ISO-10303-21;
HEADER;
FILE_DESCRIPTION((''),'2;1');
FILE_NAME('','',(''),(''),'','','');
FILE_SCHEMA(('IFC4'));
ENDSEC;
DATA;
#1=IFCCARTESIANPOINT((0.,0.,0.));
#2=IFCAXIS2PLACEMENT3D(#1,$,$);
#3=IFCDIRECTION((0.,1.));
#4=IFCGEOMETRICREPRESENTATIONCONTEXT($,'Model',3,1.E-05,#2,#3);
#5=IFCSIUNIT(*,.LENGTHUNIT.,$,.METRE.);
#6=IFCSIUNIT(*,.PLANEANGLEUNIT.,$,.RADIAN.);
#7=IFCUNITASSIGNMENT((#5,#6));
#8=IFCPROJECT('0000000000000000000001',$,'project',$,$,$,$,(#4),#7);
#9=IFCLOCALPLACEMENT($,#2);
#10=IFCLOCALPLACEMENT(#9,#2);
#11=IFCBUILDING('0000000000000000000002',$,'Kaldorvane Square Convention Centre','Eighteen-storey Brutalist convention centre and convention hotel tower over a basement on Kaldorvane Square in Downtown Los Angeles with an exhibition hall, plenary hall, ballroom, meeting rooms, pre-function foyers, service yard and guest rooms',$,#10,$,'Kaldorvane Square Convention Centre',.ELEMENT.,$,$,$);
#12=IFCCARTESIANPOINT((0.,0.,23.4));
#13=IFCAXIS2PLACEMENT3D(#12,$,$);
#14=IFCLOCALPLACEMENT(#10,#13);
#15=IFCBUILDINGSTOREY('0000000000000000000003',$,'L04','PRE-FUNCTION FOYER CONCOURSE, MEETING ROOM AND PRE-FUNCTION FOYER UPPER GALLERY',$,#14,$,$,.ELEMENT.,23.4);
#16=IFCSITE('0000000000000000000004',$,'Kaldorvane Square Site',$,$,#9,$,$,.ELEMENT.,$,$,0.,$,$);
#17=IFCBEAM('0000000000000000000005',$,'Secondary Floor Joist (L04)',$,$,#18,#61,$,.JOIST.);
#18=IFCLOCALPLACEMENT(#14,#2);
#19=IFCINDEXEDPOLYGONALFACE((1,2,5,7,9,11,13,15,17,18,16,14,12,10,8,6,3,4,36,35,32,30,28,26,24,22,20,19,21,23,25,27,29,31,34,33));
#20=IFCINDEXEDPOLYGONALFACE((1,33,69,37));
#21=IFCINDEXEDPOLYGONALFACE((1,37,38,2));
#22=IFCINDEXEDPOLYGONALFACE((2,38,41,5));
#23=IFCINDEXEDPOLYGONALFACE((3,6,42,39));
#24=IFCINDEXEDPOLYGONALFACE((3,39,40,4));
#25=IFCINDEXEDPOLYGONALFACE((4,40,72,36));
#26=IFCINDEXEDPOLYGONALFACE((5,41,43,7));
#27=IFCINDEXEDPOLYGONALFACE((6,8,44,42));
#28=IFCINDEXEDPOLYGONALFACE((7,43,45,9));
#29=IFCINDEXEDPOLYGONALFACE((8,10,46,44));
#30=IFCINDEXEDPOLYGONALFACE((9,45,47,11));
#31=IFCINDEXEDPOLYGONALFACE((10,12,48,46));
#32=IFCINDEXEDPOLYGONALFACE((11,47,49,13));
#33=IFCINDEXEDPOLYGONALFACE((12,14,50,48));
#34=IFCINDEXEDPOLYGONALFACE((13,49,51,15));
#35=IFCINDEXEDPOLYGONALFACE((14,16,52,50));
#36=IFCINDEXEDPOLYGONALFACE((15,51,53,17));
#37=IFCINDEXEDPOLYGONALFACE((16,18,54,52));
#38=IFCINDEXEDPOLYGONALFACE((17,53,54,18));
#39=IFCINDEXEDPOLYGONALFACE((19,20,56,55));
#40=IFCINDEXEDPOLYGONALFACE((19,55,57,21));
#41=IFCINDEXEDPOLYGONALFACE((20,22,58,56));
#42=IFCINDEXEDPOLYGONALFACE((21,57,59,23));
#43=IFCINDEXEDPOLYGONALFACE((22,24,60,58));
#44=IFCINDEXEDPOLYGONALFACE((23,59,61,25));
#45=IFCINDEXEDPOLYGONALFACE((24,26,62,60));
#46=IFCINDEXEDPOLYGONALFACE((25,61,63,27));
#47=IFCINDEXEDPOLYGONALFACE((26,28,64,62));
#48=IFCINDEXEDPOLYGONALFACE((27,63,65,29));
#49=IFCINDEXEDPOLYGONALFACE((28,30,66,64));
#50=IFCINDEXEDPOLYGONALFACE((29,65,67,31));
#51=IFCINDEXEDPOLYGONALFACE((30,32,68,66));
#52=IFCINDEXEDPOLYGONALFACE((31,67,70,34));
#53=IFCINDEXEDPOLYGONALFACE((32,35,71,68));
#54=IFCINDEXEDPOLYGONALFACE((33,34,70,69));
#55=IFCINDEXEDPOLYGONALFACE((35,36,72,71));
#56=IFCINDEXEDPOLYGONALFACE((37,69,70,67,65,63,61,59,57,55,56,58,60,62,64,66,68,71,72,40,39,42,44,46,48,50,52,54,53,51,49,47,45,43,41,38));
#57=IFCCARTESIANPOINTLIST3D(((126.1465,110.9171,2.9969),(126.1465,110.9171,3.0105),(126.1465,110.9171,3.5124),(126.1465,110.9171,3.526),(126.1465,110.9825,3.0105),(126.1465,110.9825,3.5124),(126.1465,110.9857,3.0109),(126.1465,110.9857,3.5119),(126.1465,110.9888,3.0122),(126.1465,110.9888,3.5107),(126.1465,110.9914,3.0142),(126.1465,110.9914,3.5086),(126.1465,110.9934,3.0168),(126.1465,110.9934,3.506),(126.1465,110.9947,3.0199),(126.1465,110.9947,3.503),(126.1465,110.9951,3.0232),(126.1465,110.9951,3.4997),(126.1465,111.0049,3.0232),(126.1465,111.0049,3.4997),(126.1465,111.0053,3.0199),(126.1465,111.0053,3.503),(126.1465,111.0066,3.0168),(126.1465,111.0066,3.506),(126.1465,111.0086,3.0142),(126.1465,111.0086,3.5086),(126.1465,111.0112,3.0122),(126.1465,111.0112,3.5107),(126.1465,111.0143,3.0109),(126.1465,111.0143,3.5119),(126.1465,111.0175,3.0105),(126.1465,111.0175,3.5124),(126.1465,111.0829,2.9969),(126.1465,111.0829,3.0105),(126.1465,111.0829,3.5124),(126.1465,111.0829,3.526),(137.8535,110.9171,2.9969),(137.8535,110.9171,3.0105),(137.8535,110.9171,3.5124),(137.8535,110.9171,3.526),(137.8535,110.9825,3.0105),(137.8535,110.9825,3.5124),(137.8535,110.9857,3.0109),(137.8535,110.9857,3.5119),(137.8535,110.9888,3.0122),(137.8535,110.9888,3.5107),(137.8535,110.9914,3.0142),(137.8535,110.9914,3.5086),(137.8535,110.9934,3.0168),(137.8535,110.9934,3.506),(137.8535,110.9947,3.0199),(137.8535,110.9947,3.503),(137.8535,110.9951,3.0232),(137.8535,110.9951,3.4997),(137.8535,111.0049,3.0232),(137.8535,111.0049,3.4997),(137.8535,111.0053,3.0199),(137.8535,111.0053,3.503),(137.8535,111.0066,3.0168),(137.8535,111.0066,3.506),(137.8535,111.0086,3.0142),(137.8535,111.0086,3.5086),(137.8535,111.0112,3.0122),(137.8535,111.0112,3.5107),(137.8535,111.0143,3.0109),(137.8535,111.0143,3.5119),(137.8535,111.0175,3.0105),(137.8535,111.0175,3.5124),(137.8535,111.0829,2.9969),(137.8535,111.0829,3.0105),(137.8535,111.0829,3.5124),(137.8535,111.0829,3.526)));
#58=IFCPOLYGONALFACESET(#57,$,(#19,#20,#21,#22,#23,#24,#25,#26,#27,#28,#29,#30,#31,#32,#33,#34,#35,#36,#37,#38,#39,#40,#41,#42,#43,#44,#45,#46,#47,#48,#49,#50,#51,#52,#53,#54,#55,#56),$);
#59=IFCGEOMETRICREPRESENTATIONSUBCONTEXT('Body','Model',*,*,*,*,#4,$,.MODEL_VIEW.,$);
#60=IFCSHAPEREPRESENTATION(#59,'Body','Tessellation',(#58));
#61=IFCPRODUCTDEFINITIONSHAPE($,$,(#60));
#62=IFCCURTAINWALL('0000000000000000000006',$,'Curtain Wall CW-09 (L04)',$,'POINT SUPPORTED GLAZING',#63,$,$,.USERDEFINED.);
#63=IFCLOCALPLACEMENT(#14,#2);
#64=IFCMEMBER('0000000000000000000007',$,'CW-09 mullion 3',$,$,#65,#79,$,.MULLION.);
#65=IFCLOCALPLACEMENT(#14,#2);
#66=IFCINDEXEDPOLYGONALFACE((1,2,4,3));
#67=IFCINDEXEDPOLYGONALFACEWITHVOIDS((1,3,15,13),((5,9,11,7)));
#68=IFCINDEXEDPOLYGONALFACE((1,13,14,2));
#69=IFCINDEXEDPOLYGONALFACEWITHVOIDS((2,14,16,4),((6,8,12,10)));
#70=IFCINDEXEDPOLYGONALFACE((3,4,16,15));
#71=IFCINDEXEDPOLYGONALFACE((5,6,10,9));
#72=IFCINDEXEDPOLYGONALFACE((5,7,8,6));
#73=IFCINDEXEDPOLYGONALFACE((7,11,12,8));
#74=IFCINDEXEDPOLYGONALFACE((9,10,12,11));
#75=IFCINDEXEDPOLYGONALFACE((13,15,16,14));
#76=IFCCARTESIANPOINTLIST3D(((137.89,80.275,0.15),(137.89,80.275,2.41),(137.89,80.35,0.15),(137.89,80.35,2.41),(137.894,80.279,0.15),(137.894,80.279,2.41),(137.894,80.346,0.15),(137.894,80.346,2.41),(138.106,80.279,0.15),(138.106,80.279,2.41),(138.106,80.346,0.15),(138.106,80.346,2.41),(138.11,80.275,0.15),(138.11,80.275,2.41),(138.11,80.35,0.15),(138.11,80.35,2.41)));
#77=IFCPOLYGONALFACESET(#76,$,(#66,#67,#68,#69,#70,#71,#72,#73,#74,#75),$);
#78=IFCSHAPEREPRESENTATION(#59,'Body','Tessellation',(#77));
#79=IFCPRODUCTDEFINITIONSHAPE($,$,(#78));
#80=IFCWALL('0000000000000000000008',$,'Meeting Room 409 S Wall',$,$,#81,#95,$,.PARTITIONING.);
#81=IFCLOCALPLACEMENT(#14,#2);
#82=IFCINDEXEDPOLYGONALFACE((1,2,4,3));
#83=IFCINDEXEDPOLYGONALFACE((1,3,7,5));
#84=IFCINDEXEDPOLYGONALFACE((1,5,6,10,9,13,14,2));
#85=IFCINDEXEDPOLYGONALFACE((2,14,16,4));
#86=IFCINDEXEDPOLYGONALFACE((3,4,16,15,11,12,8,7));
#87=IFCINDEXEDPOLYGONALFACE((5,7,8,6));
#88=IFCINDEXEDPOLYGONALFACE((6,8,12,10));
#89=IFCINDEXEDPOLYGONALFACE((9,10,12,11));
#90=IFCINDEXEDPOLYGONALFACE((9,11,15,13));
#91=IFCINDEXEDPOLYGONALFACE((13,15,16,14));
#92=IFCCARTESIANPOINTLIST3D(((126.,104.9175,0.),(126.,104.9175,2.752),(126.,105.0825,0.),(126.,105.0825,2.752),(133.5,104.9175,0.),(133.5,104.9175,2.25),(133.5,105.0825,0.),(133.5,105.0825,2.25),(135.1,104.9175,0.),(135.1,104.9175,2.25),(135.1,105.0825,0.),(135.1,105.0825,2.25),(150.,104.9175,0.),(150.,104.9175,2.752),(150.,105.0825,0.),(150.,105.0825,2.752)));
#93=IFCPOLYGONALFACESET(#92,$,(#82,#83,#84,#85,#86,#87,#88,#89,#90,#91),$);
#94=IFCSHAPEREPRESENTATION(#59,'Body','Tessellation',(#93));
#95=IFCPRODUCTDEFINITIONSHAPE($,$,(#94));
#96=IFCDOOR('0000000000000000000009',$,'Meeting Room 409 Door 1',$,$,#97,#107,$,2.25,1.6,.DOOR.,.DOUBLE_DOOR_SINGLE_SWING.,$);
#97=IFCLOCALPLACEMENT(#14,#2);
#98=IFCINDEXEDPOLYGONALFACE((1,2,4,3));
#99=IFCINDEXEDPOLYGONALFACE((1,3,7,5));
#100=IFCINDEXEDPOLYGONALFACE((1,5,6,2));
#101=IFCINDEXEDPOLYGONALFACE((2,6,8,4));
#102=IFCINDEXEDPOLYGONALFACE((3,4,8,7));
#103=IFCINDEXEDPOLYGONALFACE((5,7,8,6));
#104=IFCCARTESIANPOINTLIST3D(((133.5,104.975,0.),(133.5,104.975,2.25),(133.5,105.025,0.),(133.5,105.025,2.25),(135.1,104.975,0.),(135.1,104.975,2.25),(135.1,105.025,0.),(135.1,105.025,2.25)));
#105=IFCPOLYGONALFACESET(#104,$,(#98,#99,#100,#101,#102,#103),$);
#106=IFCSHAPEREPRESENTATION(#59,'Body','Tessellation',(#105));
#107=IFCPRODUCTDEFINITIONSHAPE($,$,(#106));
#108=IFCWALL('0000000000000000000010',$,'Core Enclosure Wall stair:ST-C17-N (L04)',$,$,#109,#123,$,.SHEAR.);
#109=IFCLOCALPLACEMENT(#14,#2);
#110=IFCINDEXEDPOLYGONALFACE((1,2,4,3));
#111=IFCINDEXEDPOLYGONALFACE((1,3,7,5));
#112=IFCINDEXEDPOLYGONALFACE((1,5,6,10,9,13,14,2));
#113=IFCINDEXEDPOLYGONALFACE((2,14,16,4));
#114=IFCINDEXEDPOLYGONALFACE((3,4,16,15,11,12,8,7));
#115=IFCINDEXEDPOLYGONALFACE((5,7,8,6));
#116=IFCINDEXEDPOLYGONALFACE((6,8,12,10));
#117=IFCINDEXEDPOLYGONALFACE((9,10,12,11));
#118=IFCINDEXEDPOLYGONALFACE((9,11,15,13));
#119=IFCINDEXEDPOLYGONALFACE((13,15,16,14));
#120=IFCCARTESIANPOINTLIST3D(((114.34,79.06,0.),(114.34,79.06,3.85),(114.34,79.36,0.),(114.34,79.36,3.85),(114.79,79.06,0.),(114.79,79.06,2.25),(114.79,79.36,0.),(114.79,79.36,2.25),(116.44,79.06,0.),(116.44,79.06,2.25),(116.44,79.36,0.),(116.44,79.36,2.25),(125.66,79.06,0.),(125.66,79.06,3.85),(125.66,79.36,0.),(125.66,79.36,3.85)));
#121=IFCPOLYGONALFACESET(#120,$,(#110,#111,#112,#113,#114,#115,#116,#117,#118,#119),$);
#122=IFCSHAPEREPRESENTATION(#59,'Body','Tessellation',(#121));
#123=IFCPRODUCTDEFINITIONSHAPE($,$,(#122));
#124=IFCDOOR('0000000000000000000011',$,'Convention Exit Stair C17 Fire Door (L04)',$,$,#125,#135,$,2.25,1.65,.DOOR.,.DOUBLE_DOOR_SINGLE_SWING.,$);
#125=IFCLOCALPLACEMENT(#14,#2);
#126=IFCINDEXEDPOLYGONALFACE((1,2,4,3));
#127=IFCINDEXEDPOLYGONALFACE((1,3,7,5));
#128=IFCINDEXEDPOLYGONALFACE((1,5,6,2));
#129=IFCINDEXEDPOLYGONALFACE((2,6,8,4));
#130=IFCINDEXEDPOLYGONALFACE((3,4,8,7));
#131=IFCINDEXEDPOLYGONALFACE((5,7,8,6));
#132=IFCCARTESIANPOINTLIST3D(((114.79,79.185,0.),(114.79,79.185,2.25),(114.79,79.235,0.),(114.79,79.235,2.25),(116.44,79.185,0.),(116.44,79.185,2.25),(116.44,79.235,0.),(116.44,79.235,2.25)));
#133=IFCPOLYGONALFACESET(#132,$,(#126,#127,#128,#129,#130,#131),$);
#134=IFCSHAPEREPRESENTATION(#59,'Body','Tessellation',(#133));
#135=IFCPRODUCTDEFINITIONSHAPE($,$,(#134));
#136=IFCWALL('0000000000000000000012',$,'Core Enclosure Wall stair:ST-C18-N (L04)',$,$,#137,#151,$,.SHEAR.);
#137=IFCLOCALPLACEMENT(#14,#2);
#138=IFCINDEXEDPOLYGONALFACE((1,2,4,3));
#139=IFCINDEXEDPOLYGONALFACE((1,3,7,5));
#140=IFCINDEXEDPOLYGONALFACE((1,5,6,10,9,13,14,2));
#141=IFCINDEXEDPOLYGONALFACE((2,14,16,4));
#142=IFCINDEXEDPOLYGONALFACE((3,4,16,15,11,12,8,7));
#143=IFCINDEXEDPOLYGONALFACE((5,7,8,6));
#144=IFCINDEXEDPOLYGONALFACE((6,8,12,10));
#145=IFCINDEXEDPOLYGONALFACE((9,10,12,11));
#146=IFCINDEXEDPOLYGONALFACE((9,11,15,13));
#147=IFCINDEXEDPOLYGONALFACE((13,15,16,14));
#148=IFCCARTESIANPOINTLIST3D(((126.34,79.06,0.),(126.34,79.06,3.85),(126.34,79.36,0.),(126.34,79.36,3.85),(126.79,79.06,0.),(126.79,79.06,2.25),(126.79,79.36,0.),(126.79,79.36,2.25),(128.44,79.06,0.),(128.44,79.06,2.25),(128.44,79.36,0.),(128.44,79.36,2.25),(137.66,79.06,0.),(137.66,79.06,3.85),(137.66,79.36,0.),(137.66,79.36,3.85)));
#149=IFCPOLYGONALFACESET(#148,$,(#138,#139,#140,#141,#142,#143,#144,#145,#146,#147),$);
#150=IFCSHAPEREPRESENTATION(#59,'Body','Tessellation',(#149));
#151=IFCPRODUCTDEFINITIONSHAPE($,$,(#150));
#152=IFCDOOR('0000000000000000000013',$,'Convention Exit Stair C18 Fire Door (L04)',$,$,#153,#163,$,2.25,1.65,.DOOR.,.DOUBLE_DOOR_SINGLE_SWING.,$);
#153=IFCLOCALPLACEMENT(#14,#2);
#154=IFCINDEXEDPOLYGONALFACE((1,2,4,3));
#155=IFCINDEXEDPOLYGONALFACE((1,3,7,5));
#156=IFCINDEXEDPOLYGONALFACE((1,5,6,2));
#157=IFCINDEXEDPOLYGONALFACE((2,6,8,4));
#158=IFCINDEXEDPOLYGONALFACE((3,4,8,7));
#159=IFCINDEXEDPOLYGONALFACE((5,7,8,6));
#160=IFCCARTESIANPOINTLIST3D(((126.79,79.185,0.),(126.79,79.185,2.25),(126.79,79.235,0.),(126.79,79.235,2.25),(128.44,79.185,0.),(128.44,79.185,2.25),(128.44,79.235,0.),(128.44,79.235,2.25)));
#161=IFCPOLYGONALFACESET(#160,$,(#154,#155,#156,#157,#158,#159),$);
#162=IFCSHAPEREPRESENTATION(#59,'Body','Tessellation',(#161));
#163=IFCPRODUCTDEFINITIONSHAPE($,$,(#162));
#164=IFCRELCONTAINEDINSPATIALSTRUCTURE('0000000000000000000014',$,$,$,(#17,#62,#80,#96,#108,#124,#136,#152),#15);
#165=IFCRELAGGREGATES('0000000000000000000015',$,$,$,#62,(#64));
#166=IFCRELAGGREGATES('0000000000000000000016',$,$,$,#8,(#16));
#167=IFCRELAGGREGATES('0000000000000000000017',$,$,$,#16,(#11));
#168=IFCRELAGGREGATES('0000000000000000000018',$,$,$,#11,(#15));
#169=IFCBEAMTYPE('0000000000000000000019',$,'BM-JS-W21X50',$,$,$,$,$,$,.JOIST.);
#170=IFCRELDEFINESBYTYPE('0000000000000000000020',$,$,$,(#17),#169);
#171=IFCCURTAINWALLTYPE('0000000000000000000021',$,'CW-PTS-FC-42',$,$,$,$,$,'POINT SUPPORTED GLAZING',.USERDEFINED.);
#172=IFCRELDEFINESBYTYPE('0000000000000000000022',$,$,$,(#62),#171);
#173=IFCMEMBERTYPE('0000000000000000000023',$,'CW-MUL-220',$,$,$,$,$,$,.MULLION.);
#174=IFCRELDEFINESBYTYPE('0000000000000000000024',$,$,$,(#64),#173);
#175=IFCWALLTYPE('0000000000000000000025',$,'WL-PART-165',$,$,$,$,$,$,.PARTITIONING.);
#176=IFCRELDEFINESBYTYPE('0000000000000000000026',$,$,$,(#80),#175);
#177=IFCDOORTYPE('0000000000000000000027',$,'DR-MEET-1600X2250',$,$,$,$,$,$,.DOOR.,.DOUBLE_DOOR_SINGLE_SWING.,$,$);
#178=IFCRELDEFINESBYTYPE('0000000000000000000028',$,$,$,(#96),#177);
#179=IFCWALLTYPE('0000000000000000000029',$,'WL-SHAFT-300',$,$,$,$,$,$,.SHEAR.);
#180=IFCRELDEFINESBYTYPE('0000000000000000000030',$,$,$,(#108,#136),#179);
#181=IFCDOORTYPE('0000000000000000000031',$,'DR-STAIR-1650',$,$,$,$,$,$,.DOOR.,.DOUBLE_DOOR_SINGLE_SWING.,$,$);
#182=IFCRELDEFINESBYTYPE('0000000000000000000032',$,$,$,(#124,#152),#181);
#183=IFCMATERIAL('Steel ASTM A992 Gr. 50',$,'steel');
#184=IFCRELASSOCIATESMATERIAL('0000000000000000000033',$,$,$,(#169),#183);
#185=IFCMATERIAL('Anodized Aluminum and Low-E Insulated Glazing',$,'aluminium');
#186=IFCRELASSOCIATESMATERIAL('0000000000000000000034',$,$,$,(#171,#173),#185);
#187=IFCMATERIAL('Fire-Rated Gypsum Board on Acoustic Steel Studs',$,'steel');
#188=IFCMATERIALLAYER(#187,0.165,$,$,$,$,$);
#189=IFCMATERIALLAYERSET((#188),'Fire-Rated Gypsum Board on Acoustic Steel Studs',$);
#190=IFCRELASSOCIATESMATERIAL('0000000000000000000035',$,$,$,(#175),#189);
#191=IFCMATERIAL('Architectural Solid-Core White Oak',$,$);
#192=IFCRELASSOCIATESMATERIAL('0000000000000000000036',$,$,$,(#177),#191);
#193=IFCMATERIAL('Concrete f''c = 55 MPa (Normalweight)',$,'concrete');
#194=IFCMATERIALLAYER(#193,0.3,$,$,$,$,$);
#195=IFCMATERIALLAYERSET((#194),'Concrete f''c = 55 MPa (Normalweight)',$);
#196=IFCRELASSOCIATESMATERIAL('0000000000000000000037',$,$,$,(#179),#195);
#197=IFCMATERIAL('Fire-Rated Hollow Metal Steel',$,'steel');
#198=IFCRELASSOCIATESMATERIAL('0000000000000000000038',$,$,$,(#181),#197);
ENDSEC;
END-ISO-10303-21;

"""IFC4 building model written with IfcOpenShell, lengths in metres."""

from ifc_helpers import new_model, si_unit, direction, frame, frame_2d, origin, origin_2d, place, context, subcontext, project, spatial, rectangle, hollow_rectangle, i_section, extrude, material, layer, layer_set, material_profile, profile_set, type_object, element, fill, aggregate, save


model = new_model("IFC4")

# Units and contexts
model_context = context("Model", 3, precision=1e-05, world=origin(), true_north=direction((0.0, 1.0)))
body_context = subcontext(model_context, "Body", "Model", "MODEL_VIEW")
ifc_project = project(units=[si_unit("LENGTHUNIT", "METRE"), si_unit("PLANEANGLEUNIT", "RADIAN")], contexts=[model_context])

# Site, building, storey
site_placement = place(None, origin())
site = spatial("IfcSite", under=ifc_project, at=site_placement, Name="Kaldorvane Square Site", CompositionType="ELEMENT", RefElevation=0.0)
building_placement = place(site_placement, origin())
building = spatial("IfcBuilding", under=site, at=building_placement, Name="Kaldorvane Square Convention Centre", Description="Eighteen-storey Brutalist convention centre and convention hotel tower over a basement on Kaldorvane Square in Downtown Los Angeles with an exhibition hall, plenary hall, ballroom, meeting rooms, pre-function foyers, service yard and guest rooms", LongName="Kaldorvane Square Convention Centre", CompositionType="ELEMENT")
storey_placement = place(building_placement, frame((0.0, 0.0, 23.4)))
storey = spatial("IfcBuildingStorey", under=building, at=storey_placement, Name="L04", Description="PRE-FUNCTION FOYER CONCOURSE, MEETING ROOM AND PRE-FUNCTION FOYER UPPER GALLERY", CompositionType="ELEMENT", Elevation=23.4)

# Shared definitions
ifc_material_1 = material(Name="Steel ASTM A992 Gr. 50", Category="steel")

# Beam
ifc_material_profile_1 = material_profile(ifc_material_1, i_section(OverallWidth=0.1659, OverallDepth=0.5291, WebThickness=0.0097, FlangeThickness=0.0136, FilletRadius=0.0127, at=origin_2d()), Name="W21X50")
ifc_profile_set_1 = profile_set([ifc_material_profile_1], Name="Steel ASTM A992 Gr. 50")
beam_type_1 = type_object("IfcBeamType", Name="BM-JS-W21X50", PredefinedType="JOIST", material=ifc_profile_set_1)
for number, where, z_axis, x_axis, name in (
    (1, (126.1465, 111.0, 3.2614), (1.0, 0.0, 0.0), (0.0, 1.0, 0.0), "Secondary Floor Joist (L04)"),
):
    element("IfcBeam", number, at=place(storey_placement, frame(where, z_axis=z_axis, x_axis=x_axis)), inside=storey, type_object=beam_type_1, Name=name, PredefinedType="JOIST", context=body_context, shape_type="SweptSolid", body=[
        extrude(i_section(OverallWidth=0.1659, OverallDepth=0.5291, WebThickness=0.0097, FlangeThickness=0.0136, FilletRadius=0.0127, at=origin_2d()), origin(), (0.0, 0.0, 1.0), 11.707),
    ])

# Curtain wall, member
ifc_material_2 = material(Name="Anodized Aluminum and Low-E Insulated Glazing", Category="aluminium")
curtain_wall_type = type_object("IfcCurtainWallType", Name="CW-PTS-FC-42", ElementType="POINT SUPPORTED GLAZING", PredefinedType="USERDEFINED", material=ifc_material_2)
curtain_wall_placement = place(storey_placement, origin())
curtain_wall = element("IfcCurtainWall", 2, at=curtain_wall_placement, inside=storey, type_object=curtain_wall_type, Name="Curtain Wall CW-09 (L04)", ObjectType="POINT SUPPORTED GLAZING", PredefinedType="USERDEFINED")
ifc_material_profile_2 = material_profile(ifc_material_2, hollow_rectangle(XDim=0.075, YDim=0.22, WallThickness=0.004, at=origin_2d()), Name="CWM-220X75")
ifc_profile_set_2 = profile_set([ifc_material_profile_2], Name="Anodized Aluminum and Low-E Insulated Glazing")
member_type = type_object("IfcMemberType", Name="CW-MUL-220", PredefinedType="MULLION", material=ifc_profile_set_2)
member_placement = place(storey_placement, frame((138.0, 80.3125, 0.15), z_axis=(0.0, 0.0, 1.0), x_axis=(0.0, 1.0, 0.0)))
member = element("IfcMember", 3, at=member_placement, type_object=member_type, Name="CW-09 mullion 3", PredefinedType="MULLION", context=body_context, shape_type="SweptSolid", body=[
    extrude(hollow_rectangle(XDim=0.075, YDim=0.22, WallThickness=0.004, at=origin_2d()), origin(), (0.0, 0.0, 1.0), 2.26),
])
aggregate(curtain_wall, [member])

# Walls, openings, doors
ifc_material_3 = material(Name="Fire-Rated Gypsum Board on Acoustic Steel Studs", Category="steel")
ifc_layer_1 = layer(ifc_material_3, 0.165)
ifc_layer_set_1 = layer_set([ifc_layer_1], Name="Fire-Rated Gypsum Board on Acoustic Steel Studs")
wall_type_1 = type_object("IfcWallType", Name="WL-PART-165", PredefinedType="PARTITIONING", material=ifc_layer_set_1)
wall_1_placement = place(storey_placement, frame((126.0, 105.0, 0.0), z_axis=(0.0, 0.0, 1.0), x_axis=(1.0, 0.0, 0.0)))
wall_1 = element("IfcWall", 4, at=wall_1_placement, inside=storey, type_object=wall_type_1, Name="Meeting Room 409 S Wall", PredefinedType="PARTITIONING", context=body_context, shape_type="SweptSolid", body=[
    extrude(rectangle(XDim=24.0, YDim=0.165, at=frame_2d((12.0, 0.0))), origin(), (0.0, 0.0, 1.0), 2.752),
])
opening_1_placement = place(wall_1_placement, frame((7.5, 0.0, 0.0)))
opening_1 = element("IfcOpeningElement", 5, at=opening_1_placement, cuts=wall_1, PredefinedType="OPENING", context=body_context, shape_type="SweptSolid", body=[
    extrude(rectangle(XDim=1.6, YDim=2.25, at=frame_2d((0.8, 1.125))), frame((0.0, 0.0975, 0.0), z_axis=(0.0, -1.0, 0.0), x_axis=(1.0, 0.0, 0.0)), (0.0, 0.0, 1.0), 0.195),
])
ifc_material_4 = material(Name="Architectural Solid-Core White Oak")
door_type_1 = type_object("IfcDoorType", Name="DR-MEET-1600X2250", OperationType="DOUBLE_DOOR_SINGLE_SWING", PredefinedType="DOOR", material=ifc_material_4)
door_1_placement = place(opening_1_placement, origin())
door_1 = element("IfcDoor", 6, at=door_1_placement, inside=storey, type_object=door_type_1, Name="Meeting Room 409 Door 1", OperationType="DOUBLE_DOOR_SINGLE_SWING", OverallHeight=2.25, OverallWidth=1.6, PredefinedType="DOOR", context=body_context, shape_type="SweptSolid", body=[
    extrude(rectangle(XDim=1.6, YDim=2.25, at=frame_2d((0.8, 1.125))), frame((0.0, 0.025, 0.0), z_axis=(0.0, -1.0, 0.0), x_axis=(1.0, 0.0, 0.0)), (0.0, 0.0, 1.0), 0.05),
])
fill(opening_1, door_1)
ifc_material_5 = material(Name="Concrete f'c = 55 MPa (Normalweight)", Category="concrete")
ifc_layer_2 = layer(ifc_material_5, 0.3)
ifc_layer_set_2 = layer_set([ifc_layer_2], Name="Concrete f'c = 55 MPa (Normalweight)")
wall_type_2 = type_object("IfcWallType", Name="WL-SHAFT-300", PredefinedType="SHEAR", material=ifc_layer_set_2)
wall_2_placement = place(storey_placement, frame((125.66, 79.21, 0.0), z_axis=(0.0, 0.0, 1.0), x_axis=(-1.0, 0.0, 0.0)))
wall_2 = element("IfcWall", 7, at=wall_2_placement, inside=storey, type_object=wall_type_2, Name="Core Enclosure Wall stair:ST-C17-N (L04)", PredefinedType="SHEAR", context=body_context, shape_type="SweptSolid", body=[
    extrude(rectangle(XDim=11.32, YDim=0.3, at=frame_2d((5.66, 0.0))), origin(), (0.0, 0.0, 1.0), 3.85),
])
opening_2_placement = place(wall_2_placement, frame((9.22, 0.0, 0.0)))
opening_2 = element("IfcOpeningElement", 8, at=opening_2_placement, cuts=wall_2, PredefinedType="OPENING", context=body_context, shape_type="SweptSolid", body=[
    extrude(rectangle(XDim=1.65, YDim=2.25, at=frame_2d((0.825, 1.125))), frame((0.0, 0.165, 0.0), z_axis=(0.0, -1.0, 0.0), x_axis=(1.0, 0.0, 0.0)), (0.0, 0.0, 1.0), 0.33),
])
ifc_material_6 = material(Name="Fire-Rated Hollow Metal Steel", Category="steel")
door_type_2 = type_object("IfcDoorType", Name="DR-STAIR-1650", OperationType="DOUBLE_DOOR_SINGLE_SWING", PredefinedType="DOOR", material=ifc_material_6)
door_2_placement = place(opening_2_placement, origin())
door_2 = element("IfcDoor", 9, at=door_2_placement, inside=storey, type_object=door_type_2, Name="Convention Exit Stair C17 Fire Door (L04)", OperationType="DOUBLE_DOOR_SINGLE_SWING", OverallHeight=2.25, OverallWidth=1.65, PredefinedType="DOOR", context=body_context, shape_type="SweptSolid", body=[
    extrude(rectangle(XDim=1.65, YDim=2.25, at=frame_2d((0.825, 1.125))), frame((0.0, 0.025, 0.0), z_axis=(0.0, -1.0, 0.0), x_axis=(1.0, 0.0, 0.0)), (0.0, 0.0, 1.0), 0.05),
])
fill(opening_2, door_2)
wall_3_placement = place(storey_placement, frame((137.66, 79.21, 0.0), z_axis=(0.0, 0.0, 1.0), x_axis=(-1.0, 0.0, 0.0)))
wall_3 = element("IfcWall", 10, at=wall_3_placement, inside=storey, type_object=wall_type_2, Name="Core Enclosure Wall stair:ST-C18-N (L04)", PredefinedType="SHEAR", context=body_context, shape_type="SweptSolid", body=[
    extrude(rectangle(XDim=11.32, YDim=0.3, at=frame_2d((5.66, 0.0))), origin(), (0.0, 0.0, 1.0), 3.85),
])
opening_3_placement = place(wall_3_placement, frame((9.22, 0.0, 0.0)))
opening_3 = element("IfcOpeningElement", 11, at=opening_3_placement, cuts=wall_3, PredefinedType="OPENING", context=body_context, shape_type="SweptSolid", body=[
    extrude(rectangle(XDim=1.65, YDim=2.25, at=frame_2d((0.825, 1.125))), frame((0.0, 0.165, 0.0), z_axis=(0.0, -1.0, 0.0), x_axis=(1.0, 0.0, 0.0)), (0.0, 0.0, 1.0), 0.33),
])
door_3_placement = place(opening_3_placement, origin())
door_3 = element("IfcDoor", 12, at=door_3_placement, inside=storey, type_object=door_type_2, Name="Convention Exit Stair C18 Fire Door (L04)", OperationType="DOUBLE_DOOR_SINGLE_SWING", OverallHeight=2.25, OverallWidth=1.65, PredefinedType="DOOR", context=body_context, shape_type="SweptSolid", body=[
    extrude(rectangle(XDim=1.65, YDim=2.25, at=frame_2d((0.825, 1.125))), frame((0.0, 0.025, 0.0), z_axis=(0.0, -1.0, 0.0), x_axis=(1.0, 0.0, 0.0)), (0.0, 0.0, 1.0), 0.05),
])
fill(opening_3, door_3)

save(model, "model.ifc")
